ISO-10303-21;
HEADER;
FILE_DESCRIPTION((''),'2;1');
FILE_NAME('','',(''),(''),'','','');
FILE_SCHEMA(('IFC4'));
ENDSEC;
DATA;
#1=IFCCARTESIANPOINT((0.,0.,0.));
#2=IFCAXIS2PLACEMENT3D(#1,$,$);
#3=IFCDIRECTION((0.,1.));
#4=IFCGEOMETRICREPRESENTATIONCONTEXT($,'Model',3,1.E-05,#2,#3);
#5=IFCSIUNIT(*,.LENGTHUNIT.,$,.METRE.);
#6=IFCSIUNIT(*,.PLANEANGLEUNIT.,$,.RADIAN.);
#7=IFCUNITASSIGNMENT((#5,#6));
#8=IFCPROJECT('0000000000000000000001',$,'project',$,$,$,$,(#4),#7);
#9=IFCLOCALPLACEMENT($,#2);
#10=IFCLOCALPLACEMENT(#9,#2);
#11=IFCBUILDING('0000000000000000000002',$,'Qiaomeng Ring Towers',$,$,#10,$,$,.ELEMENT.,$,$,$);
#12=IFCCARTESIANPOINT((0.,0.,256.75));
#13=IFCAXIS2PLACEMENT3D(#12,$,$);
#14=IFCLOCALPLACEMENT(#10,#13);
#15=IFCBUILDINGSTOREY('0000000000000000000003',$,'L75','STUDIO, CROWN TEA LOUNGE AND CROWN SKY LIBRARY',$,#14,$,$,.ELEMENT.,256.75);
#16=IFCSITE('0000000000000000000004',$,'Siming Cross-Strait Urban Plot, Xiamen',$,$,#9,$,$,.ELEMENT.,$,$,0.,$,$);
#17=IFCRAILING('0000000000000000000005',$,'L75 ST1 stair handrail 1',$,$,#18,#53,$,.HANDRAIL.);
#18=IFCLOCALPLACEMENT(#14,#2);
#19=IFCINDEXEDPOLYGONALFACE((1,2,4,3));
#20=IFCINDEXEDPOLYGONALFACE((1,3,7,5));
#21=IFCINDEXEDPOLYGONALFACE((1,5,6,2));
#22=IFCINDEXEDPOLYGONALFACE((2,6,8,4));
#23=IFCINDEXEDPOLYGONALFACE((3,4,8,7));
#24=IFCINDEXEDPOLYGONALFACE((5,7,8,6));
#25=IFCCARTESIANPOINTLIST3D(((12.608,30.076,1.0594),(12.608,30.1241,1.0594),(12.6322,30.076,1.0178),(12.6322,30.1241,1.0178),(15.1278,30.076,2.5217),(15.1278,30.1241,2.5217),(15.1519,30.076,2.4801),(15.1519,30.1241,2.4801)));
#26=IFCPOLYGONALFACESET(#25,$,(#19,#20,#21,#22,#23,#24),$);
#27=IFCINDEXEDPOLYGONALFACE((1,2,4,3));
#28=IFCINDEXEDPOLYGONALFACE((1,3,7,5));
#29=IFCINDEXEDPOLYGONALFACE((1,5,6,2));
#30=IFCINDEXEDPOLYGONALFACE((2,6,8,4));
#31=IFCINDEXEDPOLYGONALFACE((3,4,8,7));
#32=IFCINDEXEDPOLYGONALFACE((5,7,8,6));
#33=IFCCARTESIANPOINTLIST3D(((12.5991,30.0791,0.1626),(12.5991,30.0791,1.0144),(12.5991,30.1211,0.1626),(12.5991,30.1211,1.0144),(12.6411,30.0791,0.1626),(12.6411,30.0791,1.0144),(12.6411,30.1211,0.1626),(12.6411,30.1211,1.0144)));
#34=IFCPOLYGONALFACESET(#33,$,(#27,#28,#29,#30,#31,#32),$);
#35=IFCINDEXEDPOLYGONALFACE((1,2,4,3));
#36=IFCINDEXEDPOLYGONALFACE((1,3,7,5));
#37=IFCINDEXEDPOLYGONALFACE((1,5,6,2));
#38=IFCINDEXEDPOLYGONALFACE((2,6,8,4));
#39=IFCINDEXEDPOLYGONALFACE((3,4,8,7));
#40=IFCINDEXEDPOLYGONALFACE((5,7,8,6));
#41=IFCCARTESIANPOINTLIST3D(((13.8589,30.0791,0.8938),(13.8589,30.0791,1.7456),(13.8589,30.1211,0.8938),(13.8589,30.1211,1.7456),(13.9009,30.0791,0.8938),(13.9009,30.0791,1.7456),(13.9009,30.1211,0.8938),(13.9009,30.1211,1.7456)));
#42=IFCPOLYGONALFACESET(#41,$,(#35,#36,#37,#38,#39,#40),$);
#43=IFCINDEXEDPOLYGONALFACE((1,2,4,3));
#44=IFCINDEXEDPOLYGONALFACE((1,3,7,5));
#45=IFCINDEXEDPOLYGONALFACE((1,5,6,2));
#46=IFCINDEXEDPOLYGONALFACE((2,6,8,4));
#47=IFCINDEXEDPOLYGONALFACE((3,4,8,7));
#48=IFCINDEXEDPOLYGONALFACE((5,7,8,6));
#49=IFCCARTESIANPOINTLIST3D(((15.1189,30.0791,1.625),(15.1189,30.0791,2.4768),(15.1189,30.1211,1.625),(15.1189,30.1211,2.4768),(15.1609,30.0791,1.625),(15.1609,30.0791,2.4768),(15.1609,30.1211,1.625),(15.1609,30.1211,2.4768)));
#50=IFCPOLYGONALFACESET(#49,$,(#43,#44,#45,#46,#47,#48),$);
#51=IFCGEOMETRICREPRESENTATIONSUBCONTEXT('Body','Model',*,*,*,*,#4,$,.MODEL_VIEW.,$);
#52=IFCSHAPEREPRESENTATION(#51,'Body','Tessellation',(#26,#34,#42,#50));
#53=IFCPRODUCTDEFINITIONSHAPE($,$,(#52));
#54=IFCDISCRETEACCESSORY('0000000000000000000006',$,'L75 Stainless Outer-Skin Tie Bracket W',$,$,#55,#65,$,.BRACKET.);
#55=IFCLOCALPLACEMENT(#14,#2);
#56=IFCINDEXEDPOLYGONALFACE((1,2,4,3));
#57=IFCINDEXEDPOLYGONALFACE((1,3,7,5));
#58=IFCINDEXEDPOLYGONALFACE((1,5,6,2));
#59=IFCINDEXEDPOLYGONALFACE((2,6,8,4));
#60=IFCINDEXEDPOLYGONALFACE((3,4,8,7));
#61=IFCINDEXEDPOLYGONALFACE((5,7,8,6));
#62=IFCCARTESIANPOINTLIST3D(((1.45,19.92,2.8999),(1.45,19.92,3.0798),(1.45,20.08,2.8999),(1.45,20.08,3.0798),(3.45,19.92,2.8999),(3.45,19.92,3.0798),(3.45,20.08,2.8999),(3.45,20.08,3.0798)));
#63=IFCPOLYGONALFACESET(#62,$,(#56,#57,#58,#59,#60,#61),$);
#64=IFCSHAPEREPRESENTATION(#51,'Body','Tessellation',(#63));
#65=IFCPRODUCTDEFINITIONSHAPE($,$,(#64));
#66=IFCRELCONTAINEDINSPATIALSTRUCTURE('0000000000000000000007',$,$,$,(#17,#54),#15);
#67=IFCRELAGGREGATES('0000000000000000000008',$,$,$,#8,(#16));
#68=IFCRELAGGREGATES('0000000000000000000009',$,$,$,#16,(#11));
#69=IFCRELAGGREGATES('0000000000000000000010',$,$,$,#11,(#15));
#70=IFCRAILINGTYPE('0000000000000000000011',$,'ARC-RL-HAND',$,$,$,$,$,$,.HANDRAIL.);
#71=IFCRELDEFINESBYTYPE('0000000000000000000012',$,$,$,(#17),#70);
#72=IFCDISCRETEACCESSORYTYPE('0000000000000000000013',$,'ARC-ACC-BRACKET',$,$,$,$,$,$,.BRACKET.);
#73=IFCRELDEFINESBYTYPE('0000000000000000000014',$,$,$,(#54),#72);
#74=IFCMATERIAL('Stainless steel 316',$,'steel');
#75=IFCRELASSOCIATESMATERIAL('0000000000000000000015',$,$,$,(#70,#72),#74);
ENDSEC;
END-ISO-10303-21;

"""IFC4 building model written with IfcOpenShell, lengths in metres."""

from ifc_helpers import new_model, si_unit, direction, frame, origin, origin_2d, place, context, subcontext, project, spatial, rectangle, extrude, source, transform, mapped, material, type_object, element, save


model = new_model("IFC4")

# Units and contexts
model_context = context("Model", 3, precision=1e-05, world=origin(), true_north=direction((0.0, 1.0)))
body_context = subcontext(model_context, "Body", "Model", "MODEL_VIEW")
ifc_project = project(units=[si_unit("LENGTHUNIT", "METRE"), si_unit("PLANEANGLEUNIT", "RADIAN")], contexts=[model_context])

# Site, building, storey
site_placement = place(None, origin())
site = spatial("IfcSite", under=ifc_project, at=site_placement, Name="Siming Cross-Strait Urban Plot, Xiamen", CompositionType="ELEMENT", RefElevation=0.0)
building_placement = place(site_placement, origin())
building = spatial("IfcBuilding", under=site, at=building_placement, Name="Qiaomeng Ring Towers", CompositionType="ELEMENT")
storey_placement = place(building_placement, frame((0.0, 0.0, 256.75)))
storey = spatial("IfcBuildingStorey", under=building, at=storey_placement, Name="L75", Description="STUDIO, CROWN TEA LOUNGE AND CROWN SKY LIBRARY", CompositionType="ELEMENT", Elevation=256.75)

# Shared definitions
ifc_material_1 = material(Name="Stainless steel 316", Category="steel")

# Railing
railing_type_1 = type_object("IfcRailingType", Name="ARC-RL-HAND", PredefinedType="HANDRAIL", material=ifc_material_1)
railing_1_placement = place(storey_placement, frame((12.6201, 30.1001, 0.1626)))
element("IfcRailing", 1, at=railing_1_placement, inside=storey, type_object=railing_type_1, Name="L75 ST1 stair handrail 1", PredefinedType="HANDRAIL", context=body_context, shape_type="SweptSolid", body=[
    extrude(rectangle(XDim=0.0481, YDim=0.0481, at=origin_2d()), frame((0.0, 0.0, 0.876), z_axis=(0.864892, 0.0, 0.501958), x_axis=(0.0, 1.0, 0.0)), (0.0, 0.0, 1.0), 2.9133),
    extrude(rectangle(XDim=0.042, YDim=0.042, at=origin_2d()), origin(), (0.0, 0.0, 1.0), 0.8518),
    extrude(rectangle(XDim=0.042, YDim=0.042, at=origin_2d()), frame((1.2598, 0.0, 0.7312)), (0.0, 0.0, 1.0), 0.8518),
    extrude(rectangle(XDim=0.042, YDim=0.042, at=origin_2d()), frame((2.5198, 0.0, 1.4624)), (0.0, 0.0, 1.0), 0.8518),
])

# Discrete accessory
discrete_accessory_type = type_object("IfcDiscreteAccessoryType", Name="ARC-ACC-BRACKET", PredefinedType="BRACKET", material=ifc_material_1)
shared_shape_1 = source(origin(), body_context, "Body", "SweptSolid", [
    extrude(rectangle(XDim=2.0, YDim=0.1599, at=origin_2d()), origin(), (0.0, 0.0, 1.0), 0.1799),
])
discrete_accessory_placement = place(storey_placement, frame((2.45, 20.0, 2.8999), z_axis=(0.0, 0.0, 1.0), x_axis=(1.0, 0.0, 0.0)))
element("IfcDiscreteAccessory", 2, at=discrete_accessory_placement, inside=storey, type_object=discrete_accessory_type, Name="L75 Stainless Outer-Skin Tie Bracket W", PredefinedType="BRACKET", context=body_context, shape_type="MappedRepresentation", body=[
    mapped(shared_shape_1, transform((0.0, 0.0, 0.0), x_axis=(1.0, 0.0, 0.0), y_axis=(0.0, 1.0, 0.0), z_axis=(0.0, 0.0, 1.0), scale=1.0)),
])

save(model, "model.ifc")
